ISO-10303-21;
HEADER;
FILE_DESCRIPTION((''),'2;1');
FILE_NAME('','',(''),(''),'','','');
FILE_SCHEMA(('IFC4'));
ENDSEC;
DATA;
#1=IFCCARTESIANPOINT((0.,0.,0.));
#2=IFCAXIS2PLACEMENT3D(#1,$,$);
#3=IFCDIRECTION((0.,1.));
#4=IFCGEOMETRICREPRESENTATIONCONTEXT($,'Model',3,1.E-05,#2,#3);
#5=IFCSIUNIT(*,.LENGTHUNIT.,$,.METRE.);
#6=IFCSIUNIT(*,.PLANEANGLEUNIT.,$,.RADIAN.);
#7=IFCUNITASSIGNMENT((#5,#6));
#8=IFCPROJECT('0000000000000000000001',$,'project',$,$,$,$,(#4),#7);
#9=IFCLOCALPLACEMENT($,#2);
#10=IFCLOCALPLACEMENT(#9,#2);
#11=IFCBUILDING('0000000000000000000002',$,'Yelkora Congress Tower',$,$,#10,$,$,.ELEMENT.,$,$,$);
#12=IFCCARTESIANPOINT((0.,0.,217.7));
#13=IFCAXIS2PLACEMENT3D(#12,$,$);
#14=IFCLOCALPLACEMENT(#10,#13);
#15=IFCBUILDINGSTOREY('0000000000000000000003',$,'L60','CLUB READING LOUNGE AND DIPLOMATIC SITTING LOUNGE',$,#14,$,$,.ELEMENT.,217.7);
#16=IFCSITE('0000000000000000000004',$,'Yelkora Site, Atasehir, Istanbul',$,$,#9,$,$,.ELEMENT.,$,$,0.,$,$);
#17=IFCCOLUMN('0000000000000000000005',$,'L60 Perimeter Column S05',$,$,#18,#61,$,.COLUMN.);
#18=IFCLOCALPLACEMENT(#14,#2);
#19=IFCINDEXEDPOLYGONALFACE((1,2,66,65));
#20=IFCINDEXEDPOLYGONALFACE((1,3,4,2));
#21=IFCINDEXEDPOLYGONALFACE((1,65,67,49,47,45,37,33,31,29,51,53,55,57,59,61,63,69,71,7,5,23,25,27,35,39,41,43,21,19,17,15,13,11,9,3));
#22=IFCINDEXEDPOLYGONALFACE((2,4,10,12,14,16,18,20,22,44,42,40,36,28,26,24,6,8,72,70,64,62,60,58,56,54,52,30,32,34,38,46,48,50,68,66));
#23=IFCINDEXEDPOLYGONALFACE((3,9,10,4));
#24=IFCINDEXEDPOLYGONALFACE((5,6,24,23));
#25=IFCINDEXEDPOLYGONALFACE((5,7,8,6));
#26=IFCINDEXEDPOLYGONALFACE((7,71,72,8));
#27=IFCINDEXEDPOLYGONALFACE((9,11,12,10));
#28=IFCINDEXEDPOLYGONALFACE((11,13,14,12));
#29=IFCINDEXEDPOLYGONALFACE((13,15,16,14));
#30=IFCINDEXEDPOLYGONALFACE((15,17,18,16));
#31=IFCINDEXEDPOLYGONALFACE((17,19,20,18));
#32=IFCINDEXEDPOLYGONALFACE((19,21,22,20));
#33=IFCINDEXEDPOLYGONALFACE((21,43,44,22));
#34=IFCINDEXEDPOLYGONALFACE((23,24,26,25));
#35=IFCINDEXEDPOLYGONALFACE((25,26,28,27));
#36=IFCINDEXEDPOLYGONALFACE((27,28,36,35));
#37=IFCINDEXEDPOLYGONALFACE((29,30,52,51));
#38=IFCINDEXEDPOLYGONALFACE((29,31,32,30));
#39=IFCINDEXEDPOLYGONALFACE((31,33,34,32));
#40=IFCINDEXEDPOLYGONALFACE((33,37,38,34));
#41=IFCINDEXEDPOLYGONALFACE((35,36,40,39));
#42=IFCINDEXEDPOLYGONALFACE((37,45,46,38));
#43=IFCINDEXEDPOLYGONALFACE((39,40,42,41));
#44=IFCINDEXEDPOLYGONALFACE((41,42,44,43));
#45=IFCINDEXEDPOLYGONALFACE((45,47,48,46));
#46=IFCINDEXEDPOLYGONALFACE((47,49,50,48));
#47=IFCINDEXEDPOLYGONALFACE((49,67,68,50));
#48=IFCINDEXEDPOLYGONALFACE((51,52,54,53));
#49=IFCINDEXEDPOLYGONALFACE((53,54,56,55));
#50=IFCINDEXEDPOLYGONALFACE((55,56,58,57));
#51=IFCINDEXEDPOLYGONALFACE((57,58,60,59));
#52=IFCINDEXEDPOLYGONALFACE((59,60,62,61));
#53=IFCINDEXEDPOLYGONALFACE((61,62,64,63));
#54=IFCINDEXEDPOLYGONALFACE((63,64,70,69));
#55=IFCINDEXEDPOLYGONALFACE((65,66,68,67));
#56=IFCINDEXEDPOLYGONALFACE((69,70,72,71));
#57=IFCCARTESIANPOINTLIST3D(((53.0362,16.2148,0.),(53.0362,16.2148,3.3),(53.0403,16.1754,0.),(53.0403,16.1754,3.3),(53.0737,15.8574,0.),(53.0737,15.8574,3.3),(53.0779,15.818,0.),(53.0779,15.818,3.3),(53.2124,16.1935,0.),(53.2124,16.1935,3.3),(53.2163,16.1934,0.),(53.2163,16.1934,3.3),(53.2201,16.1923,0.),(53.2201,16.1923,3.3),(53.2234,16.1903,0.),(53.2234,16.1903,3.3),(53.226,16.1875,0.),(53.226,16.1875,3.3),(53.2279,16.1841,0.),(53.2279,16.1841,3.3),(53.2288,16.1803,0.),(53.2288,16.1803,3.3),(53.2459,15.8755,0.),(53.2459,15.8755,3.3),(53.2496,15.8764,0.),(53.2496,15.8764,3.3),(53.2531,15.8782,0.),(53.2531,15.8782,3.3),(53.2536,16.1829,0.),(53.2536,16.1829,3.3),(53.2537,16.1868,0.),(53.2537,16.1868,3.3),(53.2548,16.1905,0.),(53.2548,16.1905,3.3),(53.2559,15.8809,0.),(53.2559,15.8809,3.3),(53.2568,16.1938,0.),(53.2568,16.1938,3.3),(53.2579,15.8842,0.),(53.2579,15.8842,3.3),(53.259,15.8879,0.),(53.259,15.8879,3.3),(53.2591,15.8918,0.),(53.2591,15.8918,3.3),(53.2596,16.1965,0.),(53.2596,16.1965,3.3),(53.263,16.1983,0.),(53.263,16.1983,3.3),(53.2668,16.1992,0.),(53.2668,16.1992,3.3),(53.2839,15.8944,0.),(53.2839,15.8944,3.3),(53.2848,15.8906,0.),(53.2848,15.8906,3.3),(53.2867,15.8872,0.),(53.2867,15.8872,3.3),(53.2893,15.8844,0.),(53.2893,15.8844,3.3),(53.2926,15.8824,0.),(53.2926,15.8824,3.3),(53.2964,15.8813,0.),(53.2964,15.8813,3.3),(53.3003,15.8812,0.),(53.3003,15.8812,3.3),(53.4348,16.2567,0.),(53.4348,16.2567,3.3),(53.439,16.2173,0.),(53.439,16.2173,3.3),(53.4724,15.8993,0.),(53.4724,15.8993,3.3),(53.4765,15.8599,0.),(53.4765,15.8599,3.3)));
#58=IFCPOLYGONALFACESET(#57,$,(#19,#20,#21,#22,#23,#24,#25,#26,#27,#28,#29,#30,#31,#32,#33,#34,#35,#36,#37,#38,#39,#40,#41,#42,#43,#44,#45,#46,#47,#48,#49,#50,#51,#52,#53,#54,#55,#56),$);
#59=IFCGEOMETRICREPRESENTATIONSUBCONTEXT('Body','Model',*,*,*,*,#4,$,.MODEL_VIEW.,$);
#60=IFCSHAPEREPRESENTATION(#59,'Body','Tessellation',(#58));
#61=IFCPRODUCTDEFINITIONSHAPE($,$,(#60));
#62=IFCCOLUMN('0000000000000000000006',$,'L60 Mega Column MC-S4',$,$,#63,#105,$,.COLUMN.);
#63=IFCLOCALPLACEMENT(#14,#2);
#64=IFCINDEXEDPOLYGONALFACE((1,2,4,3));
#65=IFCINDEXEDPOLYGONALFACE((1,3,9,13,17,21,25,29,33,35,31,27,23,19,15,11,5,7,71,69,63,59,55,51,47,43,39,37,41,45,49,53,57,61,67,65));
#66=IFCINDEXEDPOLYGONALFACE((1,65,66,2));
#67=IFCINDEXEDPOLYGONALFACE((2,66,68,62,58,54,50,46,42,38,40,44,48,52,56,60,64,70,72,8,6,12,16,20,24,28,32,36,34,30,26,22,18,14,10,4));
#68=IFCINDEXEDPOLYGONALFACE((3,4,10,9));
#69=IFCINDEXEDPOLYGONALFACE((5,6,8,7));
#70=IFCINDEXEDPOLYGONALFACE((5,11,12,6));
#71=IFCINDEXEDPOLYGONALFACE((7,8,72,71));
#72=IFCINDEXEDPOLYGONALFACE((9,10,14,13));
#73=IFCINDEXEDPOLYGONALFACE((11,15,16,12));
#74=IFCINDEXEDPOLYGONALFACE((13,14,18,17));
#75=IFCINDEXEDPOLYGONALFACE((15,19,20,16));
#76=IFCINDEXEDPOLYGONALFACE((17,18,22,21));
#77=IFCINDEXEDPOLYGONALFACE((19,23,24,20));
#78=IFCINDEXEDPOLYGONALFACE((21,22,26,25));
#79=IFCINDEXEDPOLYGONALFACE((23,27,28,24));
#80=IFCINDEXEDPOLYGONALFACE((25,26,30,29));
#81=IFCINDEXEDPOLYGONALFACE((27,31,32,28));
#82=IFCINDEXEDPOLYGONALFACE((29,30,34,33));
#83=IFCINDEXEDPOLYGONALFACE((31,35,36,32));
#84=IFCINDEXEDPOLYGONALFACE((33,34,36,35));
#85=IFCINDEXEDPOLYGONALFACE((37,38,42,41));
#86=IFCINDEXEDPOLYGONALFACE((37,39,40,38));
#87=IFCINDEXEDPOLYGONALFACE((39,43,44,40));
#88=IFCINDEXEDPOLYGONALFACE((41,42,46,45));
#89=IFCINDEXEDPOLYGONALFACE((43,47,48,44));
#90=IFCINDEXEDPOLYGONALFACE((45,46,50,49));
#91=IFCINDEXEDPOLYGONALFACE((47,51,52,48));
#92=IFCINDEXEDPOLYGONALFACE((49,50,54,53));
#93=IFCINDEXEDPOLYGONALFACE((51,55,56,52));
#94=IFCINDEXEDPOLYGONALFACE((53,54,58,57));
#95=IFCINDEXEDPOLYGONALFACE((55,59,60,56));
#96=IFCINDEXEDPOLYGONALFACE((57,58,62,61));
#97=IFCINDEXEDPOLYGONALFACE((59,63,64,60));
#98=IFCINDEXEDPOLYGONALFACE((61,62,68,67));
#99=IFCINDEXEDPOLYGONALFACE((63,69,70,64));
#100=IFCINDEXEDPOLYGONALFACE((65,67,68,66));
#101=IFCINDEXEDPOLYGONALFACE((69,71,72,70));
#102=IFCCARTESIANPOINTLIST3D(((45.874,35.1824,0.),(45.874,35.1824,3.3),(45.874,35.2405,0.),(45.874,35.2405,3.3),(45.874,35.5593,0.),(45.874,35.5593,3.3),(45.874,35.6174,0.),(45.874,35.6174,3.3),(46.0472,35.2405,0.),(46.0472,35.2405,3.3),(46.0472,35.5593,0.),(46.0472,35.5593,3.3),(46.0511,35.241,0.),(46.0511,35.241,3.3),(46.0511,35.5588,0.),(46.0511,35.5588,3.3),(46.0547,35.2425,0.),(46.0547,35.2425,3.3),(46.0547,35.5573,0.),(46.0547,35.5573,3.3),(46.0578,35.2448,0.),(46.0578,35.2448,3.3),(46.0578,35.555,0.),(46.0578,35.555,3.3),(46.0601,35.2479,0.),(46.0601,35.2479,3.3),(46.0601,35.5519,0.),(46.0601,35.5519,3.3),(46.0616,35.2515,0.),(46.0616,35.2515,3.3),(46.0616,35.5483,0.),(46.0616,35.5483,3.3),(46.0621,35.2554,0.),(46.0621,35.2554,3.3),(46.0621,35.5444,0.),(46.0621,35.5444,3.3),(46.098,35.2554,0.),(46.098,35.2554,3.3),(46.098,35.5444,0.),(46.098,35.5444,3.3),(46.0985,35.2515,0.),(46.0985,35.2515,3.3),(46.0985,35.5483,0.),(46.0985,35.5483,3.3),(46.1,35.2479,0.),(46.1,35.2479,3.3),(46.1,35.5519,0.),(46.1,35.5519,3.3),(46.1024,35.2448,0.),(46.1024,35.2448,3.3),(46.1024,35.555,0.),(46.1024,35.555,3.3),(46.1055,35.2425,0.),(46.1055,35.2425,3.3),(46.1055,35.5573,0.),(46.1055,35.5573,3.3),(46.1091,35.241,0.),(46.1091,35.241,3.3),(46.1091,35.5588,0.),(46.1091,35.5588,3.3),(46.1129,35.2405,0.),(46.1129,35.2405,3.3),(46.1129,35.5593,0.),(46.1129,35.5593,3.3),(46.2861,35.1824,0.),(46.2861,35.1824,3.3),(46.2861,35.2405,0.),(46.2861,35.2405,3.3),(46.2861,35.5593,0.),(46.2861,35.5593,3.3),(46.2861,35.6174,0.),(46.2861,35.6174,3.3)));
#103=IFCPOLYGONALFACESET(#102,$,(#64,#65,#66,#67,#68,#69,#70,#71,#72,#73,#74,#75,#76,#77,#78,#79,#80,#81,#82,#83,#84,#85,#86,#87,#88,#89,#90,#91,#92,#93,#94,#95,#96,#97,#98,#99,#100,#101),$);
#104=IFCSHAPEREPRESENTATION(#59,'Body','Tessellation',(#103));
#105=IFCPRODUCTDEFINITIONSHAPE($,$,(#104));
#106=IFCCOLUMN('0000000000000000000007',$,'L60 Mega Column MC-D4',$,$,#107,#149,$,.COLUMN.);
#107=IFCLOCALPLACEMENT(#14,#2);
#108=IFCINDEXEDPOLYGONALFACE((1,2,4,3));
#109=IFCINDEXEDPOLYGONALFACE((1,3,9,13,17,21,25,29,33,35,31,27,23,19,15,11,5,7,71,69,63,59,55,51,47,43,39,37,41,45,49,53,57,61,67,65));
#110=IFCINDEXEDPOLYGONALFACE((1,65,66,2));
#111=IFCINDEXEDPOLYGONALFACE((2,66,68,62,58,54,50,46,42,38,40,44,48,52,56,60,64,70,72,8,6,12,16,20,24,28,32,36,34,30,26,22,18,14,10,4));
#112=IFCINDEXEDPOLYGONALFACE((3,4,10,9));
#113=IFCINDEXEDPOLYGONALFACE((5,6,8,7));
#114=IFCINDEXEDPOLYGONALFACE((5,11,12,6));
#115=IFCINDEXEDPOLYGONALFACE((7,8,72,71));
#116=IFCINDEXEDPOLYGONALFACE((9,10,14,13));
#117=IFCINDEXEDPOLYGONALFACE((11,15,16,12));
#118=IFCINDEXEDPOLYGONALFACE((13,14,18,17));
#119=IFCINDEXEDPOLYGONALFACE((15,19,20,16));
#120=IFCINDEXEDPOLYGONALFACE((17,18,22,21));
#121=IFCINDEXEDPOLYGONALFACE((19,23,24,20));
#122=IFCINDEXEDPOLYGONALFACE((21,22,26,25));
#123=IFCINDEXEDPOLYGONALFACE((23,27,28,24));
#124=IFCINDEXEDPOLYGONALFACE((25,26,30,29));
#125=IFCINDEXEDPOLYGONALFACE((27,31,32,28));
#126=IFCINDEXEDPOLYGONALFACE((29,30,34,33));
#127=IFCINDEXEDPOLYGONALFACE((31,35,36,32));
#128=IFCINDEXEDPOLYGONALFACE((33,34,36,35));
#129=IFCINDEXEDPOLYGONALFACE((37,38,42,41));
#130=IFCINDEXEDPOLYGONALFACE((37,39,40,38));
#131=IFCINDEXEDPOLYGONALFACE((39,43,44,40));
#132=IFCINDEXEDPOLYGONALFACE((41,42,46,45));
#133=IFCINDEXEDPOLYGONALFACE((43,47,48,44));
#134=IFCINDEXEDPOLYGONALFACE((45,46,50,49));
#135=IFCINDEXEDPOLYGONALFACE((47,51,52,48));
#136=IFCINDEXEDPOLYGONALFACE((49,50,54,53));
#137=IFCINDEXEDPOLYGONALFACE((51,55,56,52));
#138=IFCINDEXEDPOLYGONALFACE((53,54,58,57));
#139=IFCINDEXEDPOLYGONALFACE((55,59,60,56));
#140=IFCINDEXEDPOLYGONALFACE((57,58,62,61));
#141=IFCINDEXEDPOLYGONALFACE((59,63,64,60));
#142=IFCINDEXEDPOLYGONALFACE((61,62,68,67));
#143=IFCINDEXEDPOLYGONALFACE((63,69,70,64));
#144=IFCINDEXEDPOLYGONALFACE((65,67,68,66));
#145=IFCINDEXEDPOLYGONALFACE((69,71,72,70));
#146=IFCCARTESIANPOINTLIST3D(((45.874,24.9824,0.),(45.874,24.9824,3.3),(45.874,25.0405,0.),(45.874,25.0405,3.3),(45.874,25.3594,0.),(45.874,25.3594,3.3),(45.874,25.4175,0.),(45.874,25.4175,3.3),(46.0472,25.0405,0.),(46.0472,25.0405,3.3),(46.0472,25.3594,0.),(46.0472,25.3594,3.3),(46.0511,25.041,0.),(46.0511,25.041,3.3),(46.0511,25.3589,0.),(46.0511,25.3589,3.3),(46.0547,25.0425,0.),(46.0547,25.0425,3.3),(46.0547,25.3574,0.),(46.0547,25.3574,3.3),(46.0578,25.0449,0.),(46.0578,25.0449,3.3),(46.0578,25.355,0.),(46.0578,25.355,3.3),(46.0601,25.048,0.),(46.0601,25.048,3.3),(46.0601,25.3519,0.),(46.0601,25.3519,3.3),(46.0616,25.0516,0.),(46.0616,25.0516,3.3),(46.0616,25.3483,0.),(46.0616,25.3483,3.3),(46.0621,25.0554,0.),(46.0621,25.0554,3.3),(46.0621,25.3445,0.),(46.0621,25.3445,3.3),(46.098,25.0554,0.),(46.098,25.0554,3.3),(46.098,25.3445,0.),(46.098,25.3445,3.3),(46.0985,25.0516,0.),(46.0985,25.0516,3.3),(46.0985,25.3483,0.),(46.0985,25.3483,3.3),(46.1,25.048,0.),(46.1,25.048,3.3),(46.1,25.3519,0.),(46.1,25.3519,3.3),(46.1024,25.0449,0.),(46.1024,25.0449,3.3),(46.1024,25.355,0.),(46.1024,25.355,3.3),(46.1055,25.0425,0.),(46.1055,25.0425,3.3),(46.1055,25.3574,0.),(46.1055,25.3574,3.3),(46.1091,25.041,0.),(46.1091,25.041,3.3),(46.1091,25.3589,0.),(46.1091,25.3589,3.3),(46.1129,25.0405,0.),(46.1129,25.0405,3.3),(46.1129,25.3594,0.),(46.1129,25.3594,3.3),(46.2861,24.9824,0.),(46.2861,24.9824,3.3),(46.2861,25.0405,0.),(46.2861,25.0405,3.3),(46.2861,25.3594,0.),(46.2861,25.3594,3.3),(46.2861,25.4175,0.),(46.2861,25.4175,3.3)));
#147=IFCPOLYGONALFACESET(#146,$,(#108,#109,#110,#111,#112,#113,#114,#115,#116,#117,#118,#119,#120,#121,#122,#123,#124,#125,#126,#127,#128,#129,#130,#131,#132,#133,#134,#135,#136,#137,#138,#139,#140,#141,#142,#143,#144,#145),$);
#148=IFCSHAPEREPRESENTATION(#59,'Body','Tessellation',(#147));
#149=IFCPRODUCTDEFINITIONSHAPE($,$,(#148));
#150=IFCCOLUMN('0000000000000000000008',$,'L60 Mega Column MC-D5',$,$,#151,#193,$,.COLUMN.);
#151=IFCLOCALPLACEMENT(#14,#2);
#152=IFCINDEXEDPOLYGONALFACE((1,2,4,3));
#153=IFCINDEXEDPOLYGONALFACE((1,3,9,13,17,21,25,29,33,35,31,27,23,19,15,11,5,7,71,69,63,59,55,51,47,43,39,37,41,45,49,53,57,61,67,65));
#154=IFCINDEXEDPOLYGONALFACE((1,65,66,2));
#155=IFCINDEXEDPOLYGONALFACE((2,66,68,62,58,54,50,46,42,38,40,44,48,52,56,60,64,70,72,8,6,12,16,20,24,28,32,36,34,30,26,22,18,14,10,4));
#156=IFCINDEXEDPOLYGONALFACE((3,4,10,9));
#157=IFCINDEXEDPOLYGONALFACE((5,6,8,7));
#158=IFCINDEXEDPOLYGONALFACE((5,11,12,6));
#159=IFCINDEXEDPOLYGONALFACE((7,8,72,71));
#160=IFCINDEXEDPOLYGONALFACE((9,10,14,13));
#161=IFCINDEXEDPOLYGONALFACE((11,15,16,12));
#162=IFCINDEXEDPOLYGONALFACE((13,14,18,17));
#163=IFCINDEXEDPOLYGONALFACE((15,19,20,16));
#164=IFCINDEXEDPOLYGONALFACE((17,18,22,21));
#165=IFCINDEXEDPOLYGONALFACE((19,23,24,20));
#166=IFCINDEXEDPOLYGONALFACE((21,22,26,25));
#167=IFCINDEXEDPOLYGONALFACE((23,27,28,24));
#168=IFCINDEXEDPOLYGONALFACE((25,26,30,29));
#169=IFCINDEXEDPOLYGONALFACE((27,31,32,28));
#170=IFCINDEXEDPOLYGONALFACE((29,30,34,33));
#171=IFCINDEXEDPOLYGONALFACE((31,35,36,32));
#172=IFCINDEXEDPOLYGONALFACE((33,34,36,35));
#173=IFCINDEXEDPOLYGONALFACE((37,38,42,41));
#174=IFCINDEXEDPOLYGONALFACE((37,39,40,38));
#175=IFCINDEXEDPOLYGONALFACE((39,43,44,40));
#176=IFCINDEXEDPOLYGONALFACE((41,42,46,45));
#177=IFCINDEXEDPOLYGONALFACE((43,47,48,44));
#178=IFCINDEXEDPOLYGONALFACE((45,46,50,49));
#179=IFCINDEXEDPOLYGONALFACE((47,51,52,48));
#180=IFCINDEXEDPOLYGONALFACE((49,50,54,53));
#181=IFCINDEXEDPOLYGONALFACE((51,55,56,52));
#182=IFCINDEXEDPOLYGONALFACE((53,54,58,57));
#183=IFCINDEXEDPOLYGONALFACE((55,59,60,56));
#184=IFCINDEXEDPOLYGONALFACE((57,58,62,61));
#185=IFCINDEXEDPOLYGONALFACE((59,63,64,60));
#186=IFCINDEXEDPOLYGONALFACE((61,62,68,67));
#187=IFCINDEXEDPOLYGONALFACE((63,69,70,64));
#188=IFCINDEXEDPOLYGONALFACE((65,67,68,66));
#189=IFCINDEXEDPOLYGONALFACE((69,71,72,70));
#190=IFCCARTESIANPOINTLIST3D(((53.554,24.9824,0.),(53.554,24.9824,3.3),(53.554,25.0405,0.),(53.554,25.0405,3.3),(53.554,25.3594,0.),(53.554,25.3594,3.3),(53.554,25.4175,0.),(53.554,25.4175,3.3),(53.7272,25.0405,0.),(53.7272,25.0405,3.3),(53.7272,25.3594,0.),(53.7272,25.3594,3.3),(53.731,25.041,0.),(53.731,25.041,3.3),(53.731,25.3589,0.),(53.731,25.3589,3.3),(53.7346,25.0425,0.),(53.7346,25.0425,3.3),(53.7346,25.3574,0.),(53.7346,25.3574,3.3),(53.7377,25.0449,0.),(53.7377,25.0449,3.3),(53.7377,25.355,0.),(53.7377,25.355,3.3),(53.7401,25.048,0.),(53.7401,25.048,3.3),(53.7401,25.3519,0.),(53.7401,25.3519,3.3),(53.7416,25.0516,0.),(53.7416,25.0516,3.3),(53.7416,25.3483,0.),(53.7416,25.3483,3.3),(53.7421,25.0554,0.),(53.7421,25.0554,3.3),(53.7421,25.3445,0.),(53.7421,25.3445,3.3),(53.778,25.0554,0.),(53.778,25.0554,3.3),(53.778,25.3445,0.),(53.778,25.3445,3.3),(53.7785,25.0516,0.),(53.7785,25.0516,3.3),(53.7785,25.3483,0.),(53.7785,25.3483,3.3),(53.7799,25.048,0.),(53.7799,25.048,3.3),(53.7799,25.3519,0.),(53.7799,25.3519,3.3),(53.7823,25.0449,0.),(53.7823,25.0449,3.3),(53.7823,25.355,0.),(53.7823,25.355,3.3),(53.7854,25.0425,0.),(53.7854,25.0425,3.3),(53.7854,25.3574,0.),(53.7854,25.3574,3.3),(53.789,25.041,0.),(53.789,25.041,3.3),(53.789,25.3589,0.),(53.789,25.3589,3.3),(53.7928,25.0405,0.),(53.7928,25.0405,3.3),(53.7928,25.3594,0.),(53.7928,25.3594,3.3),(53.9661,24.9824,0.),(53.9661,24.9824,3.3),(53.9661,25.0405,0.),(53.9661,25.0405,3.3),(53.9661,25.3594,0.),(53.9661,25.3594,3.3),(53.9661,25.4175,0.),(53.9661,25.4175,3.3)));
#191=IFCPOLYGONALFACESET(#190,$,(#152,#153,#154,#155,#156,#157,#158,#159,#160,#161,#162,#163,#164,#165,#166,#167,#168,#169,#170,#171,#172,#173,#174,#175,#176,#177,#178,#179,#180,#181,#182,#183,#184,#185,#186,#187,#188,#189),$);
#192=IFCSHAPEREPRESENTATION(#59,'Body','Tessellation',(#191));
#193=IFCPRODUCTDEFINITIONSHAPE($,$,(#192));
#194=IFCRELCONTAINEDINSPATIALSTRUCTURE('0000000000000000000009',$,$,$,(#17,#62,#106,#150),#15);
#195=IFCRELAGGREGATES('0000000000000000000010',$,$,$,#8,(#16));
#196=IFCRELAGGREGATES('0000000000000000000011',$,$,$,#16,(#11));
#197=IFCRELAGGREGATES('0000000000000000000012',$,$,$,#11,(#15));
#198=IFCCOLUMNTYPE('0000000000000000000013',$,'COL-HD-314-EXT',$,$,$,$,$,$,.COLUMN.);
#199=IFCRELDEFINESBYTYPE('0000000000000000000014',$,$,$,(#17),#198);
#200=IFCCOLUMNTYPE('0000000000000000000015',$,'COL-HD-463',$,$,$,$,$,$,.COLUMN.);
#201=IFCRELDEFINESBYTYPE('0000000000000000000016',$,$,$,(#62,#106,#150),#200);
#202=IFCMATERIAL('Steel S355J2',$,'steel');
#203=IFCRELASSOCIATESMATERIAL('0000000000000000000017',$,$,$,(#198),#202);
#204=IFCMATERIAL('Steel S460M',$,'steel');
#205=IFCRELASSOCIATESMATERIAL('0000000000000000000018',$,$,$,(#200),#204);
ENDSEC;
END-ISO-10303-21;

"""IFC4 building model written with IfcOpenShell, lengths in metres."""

from ifc_helpers import new_model, si_unit, direction, frame, origin, origin_2d, place, context, subcontext, project, spatial, i_section, extrude, material, material_profile, profile_set, type_object, element, save


model = new_model("IFC4")

# Units and contexts
model_context = context("Model", 3, precision=1e-05, world=origin(), true_north=direction((0.0, 1.0)))
body_context = subcontext(model_context, "Body", "Model", "MODEL_VIEW")
ifc_project = project(units=[si_unit("LENGTHUNIT", "METRE"), si_unit("PLANEANGLEUNIT", "RADIAN")], contexts=[model_context])

# Site, building, storey
site_placement = place(None, origin())
site = spatial("IfcSite", under=ifc_project, at=site_placement, Name="Yelkora Site, Atasehir, Istanbul", CompositionType="ELEMENT", RefElevation=0.0)
building_placement = place(site_placement, origin())
building = spatial("IfcBuilding", under=site, at=building_placement, Name="Yelkora Congress Tower", CompositionType="ELEMENT")
storey_placement = place(building_placement, frame((0.0, 0.0, 217.7)))
storey = spatial("IfcBuildingStorey", under=building, at=storey_placement, Name="L60", Description="CLUB READING LOUNGE AND DIPLOMATIC SITTING LOUNGE", CompositionType="ELEMENT", Elevation=217.7)

# Columns
ifc_material_1 = material(Name="Steel S355J2", Category="steel")
ifc_material_profile_1 = material_profile(ifc_material_1, i_section(OverallWidth=0.4009, OverallDepth=0.3989, WebThickness=0.0249, FlangeThickness=0.0396, FilletRadius=0.0149, at=origin_2d()), Name="HD 400x314")
ifc_profile_set_1 = profile_set([ifc_material_profile_1], Name="Steel S355J2")
column_type_1 = type_object("IfcColumnType", Name="COL-HD-314-EXT", PredefinedType="COLUMN", material=ifc_profile_set_1)
column_placement = place(storey_placement, frame((53.2563, 16.0374, 0.0), z_axis=(0.0, 0.0, 1.0), x_axis=(0.994522, 0.104528, 0.0)))
element("IfcColumn", 1, at=column_placement, inside=storey, type_object=column_type_1, Name="L60 Perimeter Column S05", PredefinedType="COLUMN", context=body_context, shape_type="SweptSolid", body=[
    extrude(i_section(OverallWidth=0.4009, OverallDepth=0.3989, WebThickness=0.0249, FlangeThickness=0.0396, FilletRadius=0.0149, at=origin_2d()), origin(), (0.0, 0.0, 1.0), 3.3),
])
ifc_material_2 = material(Name="Steel S460M", Category="steel")
ifc_material_profile_2 = material_profile(ifc_material_2, i_section(OverallWidth=0.4121, OverallDepth=0.4351, WebThickness=0.0359, FlangeThickness=0.0581, FilletRadius=0.0149, at=origin_2d()), Name="HD 400x463")
ifc_profile_set_2 = profile_set([ifc_material_profile_2], Name="Steel S460M")
column_type_2 = type_object("IfcColumnType", Name="COL-HD-463", PredefinedType="COLUMN", material=ifc_profile_set_2)
for number, where, z_axis, x_axis, name in (
    (2, (46.0801, 35.3999, 0.0), (0.0, 0.0, 1.0), (1.0, 0.0, 0.0), "L60 Mega Column MC-S4"),
    (3, (46.0801, 25.2, 0.0), (0.0, 0.0, 1.0), (1.0, 0.0, 0.0), "L60 Mega Column MC-D4"),
    (4, (53.76, 25.2, 0.0), (0.0, 0.0, 1.0), (1.0, 0.0, 0.0), "L60 Mega Column MC-D5"),
):
    element("IfcColumn", number, at=place(storey_placement, frame(where, z_axis=z_axis, x_axis=x_axis)), inside=storey, type_object=column_type_2, Name=name, PredefinedType="COLUMN", context=body_context, shape_type="SweptSolid", body=[
        extrude(i_section(OverallWidth=0.4121, OverallDepth=0.4351, WebThickness=0.0359, FlangeThickness=0.0581, FilletRadius=0.0149, at=origin_2d()), origin(), (0.0, 0.0, 1.0), 3.3),
    ])

save(model, "model.ifc")
